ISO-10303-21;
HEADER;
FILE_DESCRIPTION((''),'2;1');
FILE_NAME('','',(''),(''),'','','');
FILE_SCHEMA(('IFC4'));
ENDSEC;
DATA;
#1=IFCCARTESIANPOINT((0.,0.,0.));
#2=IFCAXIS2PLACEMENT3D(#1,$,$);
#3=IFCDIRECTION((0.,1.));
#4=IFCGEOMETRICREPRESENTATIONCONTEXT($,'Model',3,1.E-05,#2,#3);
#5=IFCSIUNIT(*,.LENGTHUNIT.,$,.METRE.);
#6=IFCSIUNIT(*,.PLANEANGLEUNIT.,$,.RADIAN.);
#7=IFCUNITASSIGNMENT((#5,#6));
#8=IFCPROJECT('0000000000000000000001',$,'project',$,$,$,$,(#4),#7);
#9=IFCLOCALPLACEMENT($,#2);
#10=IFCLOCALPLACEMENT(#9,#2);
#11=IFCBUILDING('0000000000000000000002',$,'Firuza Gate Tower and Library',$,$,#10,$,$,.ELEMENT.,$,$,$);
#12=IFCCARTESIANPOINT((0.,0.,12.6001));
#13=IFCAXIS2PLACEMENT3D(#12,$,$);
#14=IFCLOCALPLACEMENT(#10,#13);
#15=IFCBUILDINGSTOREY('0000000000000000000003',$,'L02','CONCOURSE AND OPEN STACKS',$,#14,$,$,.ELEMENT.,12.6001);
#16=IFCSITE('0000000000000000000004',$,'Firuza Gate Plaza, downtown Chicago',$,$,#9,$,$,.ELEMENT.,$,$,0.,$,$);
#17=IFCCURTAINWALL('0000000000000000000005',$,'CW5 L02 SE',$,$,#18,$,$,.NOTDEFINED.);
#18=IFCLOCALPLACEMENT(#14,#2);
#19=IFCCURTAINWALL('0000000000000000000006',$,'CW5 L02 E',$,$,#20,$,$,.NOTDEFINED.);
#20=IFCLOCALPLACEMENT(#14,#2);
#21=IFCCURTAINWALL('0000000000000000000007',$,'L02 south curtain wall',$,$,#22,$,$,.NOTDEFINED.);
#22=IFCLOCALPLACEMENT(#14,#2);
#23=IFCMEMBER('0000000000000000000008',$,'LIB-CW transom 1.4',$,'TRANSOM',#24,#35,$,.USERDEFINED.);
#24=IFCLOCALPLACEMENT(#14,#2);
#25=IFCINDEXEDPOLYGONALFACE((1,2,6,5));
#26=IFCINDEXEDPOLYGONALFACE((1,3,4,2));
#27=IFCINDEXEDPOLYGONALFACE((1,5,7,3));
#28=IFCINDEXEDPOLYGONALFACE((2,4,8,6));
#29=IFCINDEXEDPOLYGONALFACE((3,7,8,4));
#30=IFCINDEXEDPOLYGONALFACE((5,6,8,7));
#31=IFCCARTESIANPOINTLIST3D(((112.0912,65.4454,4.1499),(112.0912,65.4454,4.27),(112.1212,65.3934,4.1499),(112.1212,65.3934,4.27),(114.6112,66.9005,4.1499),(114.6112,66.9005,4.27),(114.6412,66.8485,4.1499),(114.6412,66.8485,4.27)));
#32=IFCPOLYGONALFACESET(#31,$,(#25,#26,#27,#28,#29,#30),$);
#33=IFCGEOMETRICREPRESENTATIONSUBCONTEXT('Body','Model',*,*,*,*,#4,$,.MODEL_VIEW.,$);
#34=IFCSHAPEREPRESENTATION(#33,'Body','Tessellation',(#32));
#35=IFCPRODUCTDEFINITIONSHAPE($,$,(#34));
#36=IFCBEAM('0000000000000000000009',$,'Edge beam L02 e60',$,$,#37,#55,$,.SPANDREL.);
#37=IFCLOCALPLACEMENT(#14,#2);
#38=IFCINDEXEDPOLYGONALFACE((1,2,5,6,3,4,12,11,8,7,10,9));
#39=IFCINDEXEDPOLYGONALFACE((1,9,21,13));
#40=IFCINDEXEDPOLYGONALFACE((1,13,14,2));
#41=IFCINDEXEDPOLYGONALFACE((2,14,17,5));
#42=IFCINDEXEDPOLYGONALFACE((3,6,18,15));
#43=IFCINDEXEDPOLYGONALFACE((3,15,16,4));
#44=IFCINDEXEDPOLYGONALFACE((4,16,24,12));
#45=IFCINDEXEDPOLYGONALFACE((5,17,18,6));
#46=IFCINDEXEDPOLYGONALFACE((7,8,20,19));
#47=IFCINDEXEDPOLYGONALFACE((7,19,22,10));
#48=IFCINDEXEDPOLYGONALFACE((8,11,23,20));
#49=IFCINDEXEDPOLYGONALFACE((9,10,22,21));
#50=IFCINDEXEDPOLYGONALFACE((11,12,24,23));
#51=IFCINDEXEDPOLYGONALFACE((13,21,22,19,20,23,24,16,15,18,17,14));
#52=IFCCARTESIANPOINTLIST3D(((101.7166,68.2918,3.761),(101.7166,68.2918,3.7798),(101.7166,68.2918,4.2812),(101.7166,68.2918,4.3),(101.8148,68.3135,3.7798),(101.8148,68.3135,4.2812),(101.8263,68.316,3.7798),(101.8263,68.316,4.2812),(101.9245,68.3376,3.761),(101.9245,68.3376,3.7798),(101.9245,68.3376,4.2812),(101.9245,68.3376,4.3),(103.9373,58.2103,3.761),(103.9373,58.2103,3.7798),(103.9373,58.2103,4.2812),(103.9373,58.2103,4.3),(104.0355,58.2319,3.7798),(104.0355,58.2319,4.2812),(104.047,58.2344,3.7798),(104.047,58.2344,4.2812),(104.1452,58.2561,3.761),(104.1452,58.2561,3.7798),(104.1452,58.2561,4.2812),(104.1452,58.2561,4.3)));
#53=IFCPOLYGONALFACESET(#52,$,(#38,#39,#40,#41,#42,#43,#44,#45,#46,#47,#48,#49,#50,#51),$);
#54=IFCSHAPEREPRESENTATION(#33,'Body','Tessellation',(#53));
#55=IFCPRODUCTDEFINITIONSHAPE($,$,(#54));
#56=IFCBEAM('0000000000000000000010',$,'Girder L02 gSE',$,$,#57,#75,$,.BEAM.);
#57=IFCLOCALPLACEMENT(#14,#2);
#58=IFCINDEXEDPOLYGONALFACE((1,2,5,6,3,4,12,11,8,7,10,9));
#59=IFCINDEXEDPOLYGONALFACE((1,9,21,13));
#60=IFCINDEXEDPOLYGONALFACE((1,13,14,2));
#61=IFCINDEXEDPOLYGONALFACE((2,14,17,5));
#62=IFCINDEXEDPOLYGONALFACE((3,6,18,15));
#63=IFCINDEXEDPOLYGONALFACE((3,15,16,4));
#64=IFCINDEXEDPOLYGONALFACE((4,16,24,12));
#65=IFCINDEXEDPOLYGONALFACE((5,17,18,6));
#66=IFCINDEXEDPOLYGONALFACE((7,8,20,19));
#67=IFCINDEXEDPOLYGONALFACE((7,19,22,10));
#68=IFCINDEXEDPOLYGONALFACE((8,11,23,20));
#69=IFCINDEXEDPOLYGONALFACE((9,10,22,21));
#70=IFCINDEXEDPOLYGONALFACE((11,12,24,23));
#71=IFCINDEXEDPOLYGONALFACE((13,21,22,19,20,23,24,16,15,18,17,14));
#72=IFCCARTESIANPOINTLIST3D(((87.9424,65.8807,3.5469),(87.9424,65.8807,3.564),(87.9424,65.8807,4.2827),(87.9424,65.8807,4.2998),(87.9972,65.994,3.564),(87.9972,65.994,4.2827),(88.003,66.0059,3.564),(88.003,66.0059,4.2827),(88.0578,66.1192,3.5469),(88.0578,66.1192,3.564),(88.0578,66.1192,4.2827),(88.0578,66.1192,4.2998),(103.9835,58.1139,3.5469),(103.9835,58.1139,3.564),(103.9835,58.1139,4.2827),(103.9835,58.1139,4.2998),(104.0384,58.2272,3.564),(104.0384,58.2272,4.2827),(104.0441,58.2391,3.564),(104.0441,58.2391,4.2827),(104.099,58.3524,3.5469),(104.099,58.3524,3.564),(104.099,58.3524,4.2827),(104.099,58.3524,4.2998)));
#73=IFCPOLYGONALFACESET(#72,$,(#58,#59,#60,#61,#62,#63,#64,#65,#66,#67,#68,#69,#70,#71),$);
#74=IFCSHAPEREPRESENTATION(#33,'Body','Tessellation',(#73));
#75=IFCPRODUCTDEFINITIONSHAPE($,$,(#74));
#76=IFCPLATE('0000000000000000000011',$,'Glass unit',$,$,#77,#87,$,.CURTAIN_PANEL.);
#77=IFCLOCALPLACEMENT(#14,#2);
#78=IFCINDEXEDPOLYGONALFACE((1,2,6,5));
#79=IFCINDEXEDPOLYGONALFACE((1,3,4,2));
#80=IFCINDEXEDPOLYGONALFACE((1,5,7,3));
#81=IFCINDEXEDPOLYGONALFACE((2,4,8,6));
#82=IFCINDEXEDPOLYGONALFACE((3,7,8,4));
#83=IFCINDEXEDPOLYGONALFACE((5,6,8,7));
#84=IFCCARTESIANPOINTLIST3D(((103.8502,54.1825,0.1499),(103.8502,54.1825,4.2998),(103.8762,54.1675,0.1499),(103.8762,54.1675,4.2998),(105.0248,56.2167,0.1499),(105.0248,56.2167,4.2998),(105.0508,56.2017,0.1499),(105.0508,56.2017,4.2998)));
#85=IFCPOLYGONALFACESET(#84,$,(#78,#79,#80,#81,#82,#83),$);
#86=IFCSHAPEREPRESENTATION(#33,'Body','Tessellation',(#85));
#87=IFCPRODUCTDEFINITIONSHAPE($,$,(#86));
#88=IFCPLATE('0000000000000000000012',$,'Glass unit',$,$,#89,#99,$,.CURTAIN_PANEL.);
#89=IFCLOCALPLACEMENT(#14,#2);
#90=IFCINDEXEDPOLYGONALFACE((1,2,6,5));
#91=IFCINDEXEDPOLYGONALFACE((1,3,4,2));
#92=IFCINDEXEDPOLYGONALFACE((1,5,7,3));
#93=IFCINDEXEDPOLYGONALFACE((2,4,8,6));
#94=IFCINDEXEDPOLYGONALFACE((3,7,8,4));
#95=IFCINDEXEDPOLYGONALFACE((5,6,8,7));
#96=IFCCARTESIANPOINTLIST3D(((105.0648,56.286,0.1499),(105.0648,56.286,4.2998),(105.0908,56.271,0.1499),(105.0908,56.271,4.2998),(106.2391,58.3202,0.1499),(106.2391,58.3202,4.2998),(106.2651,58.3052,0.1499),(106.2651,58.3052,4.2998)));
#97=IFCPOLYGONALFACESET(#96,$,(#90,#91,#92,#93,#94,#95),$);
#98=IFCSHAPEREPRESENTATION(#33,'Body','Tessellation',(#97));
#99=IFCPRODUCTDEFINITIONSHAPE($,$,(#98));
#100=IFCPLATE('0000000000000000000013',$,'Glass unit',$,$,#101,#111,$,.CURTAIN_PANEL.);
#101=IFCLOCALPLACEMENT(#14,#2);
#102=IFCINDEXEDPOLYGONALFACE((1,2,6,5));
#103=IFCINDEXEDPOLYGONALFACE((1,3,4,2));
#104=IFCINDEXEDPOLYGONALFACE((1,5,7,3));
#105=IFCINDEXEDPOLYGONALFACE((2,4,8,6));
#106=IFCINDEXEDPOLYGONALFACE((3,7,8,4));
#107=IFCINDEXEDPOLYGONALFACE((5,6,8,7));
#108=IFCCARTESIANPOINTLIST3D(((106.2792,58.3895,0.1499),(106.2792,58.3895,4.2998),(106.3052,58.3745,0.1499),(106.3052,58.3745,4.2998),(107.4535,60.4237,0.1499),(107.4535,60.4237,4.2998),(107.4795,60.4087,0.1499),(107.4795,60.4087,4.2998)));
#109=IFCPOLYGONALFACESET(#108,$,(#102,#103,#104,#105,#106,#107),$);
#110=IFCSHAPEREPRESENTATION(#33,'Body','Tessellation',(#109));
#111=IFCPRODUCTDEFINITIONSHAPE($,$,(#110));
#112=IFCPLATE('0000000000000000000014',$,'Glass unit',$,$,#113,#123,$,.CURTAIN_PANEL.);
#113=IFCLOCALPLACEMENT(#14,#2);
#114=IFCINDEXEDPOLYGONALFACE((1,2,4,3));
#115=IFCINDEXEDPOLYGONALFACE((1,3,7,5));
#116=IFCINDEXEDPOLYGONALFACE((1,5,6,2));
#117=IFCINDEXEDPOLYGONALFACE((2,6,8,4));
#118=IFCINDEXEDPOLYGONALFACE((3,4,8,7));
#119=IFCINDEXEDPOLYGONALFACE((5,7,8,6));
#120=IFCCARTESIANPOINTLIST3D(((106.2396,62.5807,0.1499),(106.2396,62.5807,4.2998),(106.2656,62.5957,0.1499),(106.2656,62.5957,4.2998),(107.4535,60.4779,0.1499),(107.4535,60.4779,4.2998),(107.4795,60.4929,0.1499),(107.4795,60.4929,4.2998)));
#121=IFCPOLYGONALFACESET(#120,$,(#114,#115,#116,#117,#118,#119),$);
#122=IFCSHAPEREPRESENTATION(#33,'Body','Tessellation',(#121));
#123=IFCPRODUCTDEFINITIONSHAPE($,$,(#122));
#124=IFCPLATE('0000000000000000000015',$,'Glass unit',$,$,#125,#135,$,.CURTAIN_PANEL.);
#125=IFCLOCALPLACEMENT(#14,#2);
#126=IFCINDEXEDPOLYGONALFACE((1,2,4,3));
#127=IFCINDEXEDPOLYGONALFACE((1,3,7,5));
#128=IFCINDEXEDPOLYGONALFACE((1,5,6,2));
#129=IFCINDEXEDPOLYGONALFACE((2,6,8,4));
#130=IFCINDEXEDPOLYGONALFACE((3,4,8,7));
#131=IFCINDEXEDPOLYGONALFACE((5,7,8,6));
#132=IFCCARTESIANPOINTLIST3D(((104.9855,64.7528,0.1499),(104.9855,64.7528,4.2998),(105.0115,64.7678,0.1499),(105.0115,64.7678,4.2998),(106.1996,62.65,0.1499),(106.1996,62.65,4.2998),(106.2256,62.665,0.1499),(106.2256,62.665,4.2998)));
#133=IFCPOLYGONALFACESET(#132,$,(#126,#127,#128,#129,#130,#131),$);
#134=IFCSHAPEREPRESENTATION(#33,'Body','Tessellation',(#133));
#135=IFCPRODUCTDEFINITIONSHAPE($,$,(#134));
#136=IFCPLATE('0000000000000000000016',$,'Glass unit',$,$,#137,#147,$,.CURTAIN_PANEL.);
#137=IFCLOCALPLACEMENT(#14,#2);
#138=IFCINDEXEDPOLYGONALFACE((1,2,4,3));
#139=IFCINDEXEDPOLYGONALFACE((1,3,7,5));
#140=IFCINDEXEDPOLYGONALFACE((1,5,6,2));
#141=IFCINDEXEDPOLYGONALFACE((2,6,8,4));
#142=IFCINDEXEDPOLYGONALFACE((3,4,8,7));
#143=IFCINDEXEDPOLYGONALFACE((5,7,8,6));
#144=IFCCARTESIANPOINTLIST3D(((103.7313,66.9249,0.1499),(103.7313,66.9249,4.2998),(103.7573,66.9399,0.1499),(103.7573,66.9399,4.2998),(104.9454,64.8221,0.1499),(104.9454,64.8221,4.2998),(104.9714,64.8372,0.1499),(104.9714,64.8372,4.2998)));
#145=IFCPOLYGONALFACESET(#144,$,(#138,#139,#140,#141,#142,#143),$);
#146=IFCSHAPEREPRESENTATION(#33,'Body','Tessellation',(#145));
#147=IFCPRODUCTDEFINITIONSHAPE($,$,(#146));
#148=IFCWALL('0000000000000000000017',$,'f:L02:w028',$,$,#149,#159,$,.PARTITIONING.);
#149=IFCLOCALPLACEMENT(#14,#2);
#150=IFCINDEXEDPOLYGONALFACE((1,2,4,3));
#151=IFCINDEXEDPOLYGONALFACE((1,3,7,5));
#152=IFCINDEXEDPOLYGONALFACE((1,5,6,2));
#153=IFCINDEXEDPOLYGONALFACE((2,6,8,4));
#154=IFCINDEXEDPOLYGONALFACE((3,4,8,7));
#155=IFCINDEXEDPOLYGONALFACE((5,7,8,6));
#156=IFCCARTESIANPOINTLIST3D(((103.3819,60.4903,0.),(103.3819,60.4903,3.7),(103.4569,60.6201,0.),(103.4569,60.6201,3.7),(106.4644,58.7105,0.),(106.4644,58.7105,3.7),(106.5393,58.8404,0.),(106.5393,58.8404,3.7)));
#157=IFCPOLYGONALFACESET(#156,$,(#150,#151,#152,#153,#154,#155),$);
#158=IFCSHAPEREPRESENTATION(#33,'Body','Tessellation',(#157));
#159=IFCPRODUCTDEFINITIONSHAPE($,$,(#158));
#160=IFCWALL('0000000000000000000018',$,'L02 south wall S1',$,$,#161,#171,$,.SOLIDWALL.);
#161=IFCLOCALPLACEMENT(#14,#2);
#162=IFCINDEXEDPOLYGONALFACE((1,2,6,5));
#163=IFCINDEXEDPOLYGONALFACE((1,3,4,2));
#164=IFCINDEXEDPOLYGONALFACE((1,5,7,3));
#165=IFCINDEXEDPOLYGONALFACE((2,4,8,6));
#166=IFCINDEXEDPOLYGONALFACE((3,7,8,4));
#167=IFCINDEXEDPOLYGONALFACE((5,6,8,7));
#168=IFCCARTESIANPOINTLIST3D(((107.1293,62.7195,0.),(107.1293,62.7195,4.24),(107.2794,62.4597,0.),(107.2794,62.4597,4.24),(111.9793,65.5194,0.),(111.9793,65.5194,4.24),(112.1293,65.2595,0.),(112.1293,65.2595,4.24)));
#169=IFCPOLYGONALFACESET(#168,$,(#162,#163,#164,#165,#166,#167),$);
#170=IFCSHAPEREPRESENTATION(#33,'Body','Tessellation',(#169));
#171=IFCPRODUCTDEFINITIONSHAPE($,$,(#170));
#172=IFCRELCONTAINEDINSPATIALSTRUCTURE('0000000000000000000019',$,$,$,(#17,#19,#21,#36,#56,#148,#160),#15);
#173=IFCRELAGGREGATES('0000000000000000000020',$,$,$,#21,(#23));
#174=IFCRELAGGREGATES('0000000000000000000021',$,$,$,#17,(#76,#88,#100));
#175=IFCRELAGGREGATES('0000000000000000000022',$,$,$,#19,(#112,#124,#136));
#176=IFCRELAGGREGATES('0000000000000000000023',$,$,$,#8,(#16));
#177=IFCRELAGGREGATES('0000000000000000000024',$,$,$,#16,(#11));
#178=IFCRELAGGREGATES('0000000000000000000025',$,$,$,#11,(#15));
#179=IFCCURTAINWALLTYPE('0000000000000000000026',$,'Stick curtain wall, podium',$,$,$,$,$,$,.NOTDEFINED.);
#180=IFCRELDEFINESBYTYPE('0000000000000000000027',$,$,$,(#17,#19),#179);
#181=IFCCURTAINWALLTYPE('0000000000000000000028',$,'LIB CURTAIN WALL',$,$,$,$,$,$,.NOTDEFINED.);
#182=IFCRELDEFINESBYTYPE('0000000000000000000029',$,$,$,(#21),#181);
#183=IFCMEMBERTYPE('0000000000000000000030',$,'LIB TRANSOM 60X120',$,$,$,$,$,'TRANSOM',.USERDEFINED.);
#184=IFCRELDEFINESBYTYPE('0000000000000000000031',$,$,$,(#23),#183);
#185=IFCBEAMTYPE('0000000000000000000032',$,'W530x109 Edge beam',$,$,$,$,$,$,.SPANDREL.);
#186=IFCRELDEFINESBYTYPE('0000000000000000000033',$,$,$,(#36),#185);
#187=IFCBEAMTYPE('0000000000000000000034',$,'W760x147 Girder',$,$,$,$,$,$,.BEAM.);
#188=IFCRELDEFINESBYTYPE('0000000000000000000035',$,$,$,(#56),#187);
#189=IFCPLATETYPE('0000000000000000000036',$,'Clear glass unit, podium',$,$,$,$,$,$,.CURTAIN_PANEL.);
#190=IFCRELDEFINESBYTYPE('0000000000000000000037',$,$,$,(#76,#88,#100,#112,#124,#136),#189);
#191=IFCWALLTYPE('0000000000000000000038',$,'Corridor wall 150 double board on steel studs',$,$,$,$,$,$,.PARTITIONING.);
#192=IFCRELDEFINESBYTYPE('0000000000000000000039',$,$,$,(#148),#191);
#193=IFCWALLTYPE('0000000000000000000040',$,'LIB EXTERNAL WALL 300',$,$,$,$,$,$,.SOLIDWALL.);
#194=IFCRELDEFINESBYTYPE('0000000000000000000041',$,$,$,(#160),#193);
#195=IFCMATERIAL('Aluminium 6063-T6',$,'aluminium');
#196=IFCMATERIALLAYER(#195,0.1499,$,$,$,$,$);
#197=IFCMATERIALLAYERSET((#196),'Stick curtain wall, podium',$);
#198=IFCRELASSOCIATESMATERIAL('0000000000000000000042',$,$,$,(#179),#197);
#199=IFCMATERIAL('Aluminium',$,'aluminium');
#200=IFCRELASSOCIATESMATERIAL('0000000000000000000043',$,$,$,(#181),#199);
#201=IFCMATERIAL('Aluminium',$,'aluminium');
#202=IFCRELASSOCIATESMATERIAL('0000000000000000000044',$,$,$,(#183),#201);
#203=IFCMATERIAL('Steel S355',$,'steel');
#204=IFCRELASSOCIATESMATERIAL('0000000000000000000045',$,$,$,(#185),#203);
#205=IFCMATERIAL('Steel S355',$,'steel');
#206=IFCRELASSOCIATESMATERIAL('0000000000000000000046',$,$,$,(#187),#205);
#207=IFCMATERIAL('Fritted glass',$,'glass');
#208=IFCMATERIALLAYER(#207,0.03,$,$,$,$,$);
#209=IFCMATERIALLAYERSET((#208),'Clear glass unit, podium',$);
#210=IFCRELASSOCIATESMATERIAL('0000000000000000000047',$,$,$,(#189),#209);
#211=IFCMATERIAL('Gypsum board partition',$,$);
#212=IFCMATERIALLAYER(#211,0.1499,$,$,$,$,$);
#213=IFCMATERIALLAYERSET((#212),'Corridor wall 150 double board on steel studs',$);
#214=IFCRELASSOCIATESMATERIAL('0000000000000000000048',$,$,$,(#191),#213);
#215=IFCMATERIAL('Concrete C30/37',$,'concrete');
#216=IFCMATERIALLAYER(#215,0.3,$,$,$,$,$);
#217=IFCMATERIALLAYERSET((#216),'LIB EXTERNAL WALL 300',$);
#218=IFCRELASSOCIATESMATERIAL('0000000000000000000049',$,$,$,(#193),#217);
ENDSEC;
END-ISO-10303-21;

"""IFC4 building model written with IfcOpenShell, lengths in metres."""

from ifc_helpers import new_model, si_unit, direction, frame, frame_2d, origin, origin_2d, place, context, subcontext, project, spatial, polyline, rectangle, i_section, outline, extrude, material, layer, layer_set, material_profile, profile_set, type_object, element, aggregate, save


model = new_model("IFC4")

# Units and contexts
model_context = context("Model", 3, precision=1e-05, world=origin(), true_north=direction((0.0, 1.0)))
body_context = subcontext(model_context, "Body", "Model", "MODEL_VIEW")
ifc_project = project(units=[si_unit("LENGTHUNIT", "METRE"), si_unit("PLANEANGLEUNIT", "RADIAN")], contexts=[model_context])

# Site, building, storey
site_placement = place(None, origin())
site = spatial("IfcSite", under=ifc_project, at=site_placement, Name="Firuza Gate Plaza, downtown Chicago", CompositionType="ELEMENT", RefElevation=0.0)
building_placement = place(site_placement, origin())
building = spatial("IfcBuilding", under=site, at=building_placement, Name="Firuza Gate Tower and Library", CompositionType="ELEMENT")
storey_placement = place(building_placement, frame((0.0, 0.0, 12.6001)))
storey = spatial("IfcBuildingStorey", under=building, at=storey_placement, Name="L02", Description="CONCOURSE AND OPEN STACKS", CompositionType="ELEMENT", Elevation=12.6001)

# Curtain walls
ifc_material_1 = material(Name="Aluminium 6063-T6", Category="aluminium")
ifc_layer_1 = layer(ifc_material_1, 0.1499)
ifc_layer_set_1 = layer_set([ifc_layer_1], Name="Stick curtain wall, podium")
curtain_wall_type_1 = type_object("IfcCurtainWallType", Name="Stick curtain wall, podium", PredefinedType="NOTDEFINED", material=ifc_layer_set_1)
placement = place(storey_placement, origin())
curtain_wall_1 = element("IfcCurtainWall", 1, at=placement, inside=storey, type_object=curtain_wall_type_1, Name="CW5 L02 SE", PredefinedType="NOTDEFINED")
curtain_wall_2 = element("IfcCurtainWall", 2, at=placement, inside=storey, type_object=curtain_wall_type_1, Name="CW5 L02 E", PredefinedType="NOTDEFINED")

# Curtain wall, member
ifc_material_2 = material(Name="Aluminium", Category="aluminium")
curtain_wall_type_2 = type_object("IfcCurtainWallType", Name="LIB CURTAIN WALL", PredefinedType="NOTDEFINED", material=ifc_material_2)
curtain_wall_3 = element("IfcCurtainWall", 3, at=placement, inside=storey, type_object=curtain_wall_type_2, Name="L02 south curtain wall", PredefinedType="NOTDEFINED")
ifc_material_3 = material(Name="Aluminium", Category="aluminium")
ifc_material_profile_1 = material_profile(ifc_material_3, rectangle(XDim=0.0601, YDim=0.1201, at=origin_2d()))
ifc_profile_set_1 = profile_set([ifc_material_profile_1], Name="Aluminium")
member_type_1 = type_object("IfcMemberType", Name="LIB TRANSOM 60X120", ElementType="TRANSOM", PredefinedType="USERDEFINED", material=ifc_profile_set_1)
member_1_placement = place(storey_placement, frame((112.1062, 65.4194, 4.21), z_axis=(0.866004, 0.500037, 0.0), x_axis=(-0.500037, 0.866004, 0.0)))
member_1 = element("IfcMember", 4, at=member_1_placement, type_object=member_type_1, Name="LIB-CW transom 1.4", ObjectType="TRANSOM", PredefinedType="USERDEFINED", context=body_context, shape_type="SweptSolid", body=[
    extrude(rectangle(XDim=0.0601, YDim=0.1201, at=origin_2d()), origin(), (0.0, 0.0, 1.0), 2.9099),
])
aggregate(curtain_wall_3, [member_1])

# Beams
ifc_material_4 = material(Name="Steel S355", Category="steel")
ifc_material_profile_2 = material_profile(ifc_material_4, i_section(OverallWidth=0.2129, OverallDepth=0.5391, WebThickness=0.0117, FlangeThickness=0.0188, at=origin_2d()))
ifc_profile_set_2 = profile_set([ifc_material_profile_2], Name="Steel S355")
beam_type_1 = type_object("IfcBeamType", Name="W530x109 Edge beam", PredefinedType="SPANDREL", material=ifc_profile_set_2)
beam_1_placement = place(storey_placement, frame((104.0413, 58.2332, 4.0305), z_axis=(-0.215117, 0.976588, 0.0), x_axis=(-0.976588, -0.215117, 0.0)))
element("IfcBeam", 5, at=beam_1_placement, inside=storey, type_object=beam_type_1, Name="Edge beam L02 e60", PredefinedType="SPANDREL", context=body_context, shape_type="SweptSolid", body=[
    extrude(i_section(OverallWidth=0.2129, OverallDepth=0.5391, WebThickness=0.0117, FlangeThickness=0.0188, at=origin_2d()), origin(), (0.0, 0.0, 1.0), 10.3232),
])
ifc_material_5 = material(Name="Steel S355", Category="steel")
ifc_material_profile_3 = material_profile(ifc_material_5, i_section(OverallWidth=0.2649, OverallDepth=0.7529, WebThickness=0.0132, FlangeThickness=0.0171, at=origin_2d()))
ifc_profile_set_3 = profile_set([ifc_material_profile_3], Name="Steel S355")
beam_type_2 = type_object("IfcBeamType", Name="W760x147 Girder", PredefinedType="BEAM", material=ifc_profile_set_3)
beam_2_placement = place(storey_placement, frame((104.0413, 58.2332, 3.9233), z_axis=(-0.90005, 0.435786, 0.0), x_axis=(-0.435786, -0.90005, 0.0)))
element("IfcBeam", 6, at=beam_2_placement, inside=storey, type_object=beam_type_2, Name="Girder L02 gSE", PredefinedType="BEAM", context=body_context, shape_type="SweptSolid", body=[
    extrude(i_section(OverallWidth=0.2649, OverallDepth=0.7529, WebThickness=0.0132, FlangeThickness=0.0171, at=origin_2d()), origin(), (0.0, 0.0, 1.0), 17.8225),
])

# Plates
ifc_material_6 = material(Name="Fritted glass", Category="glass")
ifc_layer_2 = layer(ifc_material_6, 0.03)
ifc_layer_set_2 = layer_set([ifc_layer_2], Name="Clear glass unit, podium")
plate_type = type_object("IfcPlateType", Name="Clear glass unit, podium", PredefinedType="CURTAIN_PANEL", material=ifc_layer_set_2)
plate_1_placement = place(storey_placement, frame((103.8762, 54.1675, 0.1499), z_axis=(0.866002, -0.50004, 0.0), x_axis=(0.50004, 0.866002, 0.0)))
plate_1 = element("IfcPlate", 7, at=plate_1_placement, type_object=plate_type, Name="Glass unit", PredefinedType="CURTAIN_PANEL", context=body_context, shape_type="SweptSolid", body=[
    extrude(outline(polyline([(0.0, 0.0), (2.3489, 0.0), (2.3489, 4.1499), (0.0, 4.1499), (0.0, 0.0)])), origin(), (0.0, 0.0, -1.0), 0.03),
])
plate_2_placement = place(storey_placement, frame((105.0908, 56.271, 0.1499), z_axis=(0.866047, -0.499962, 0.0), x_axis=(0.499962, 0.866047, 0.0)))
plate_2 = element("IfcPlate", 8, at=plate_2_placement, type_object=plate_type, Name="Glass unit", PredefinedType="CURTAIN_PANEL", context=body_context, shape_type="SweptSolid", body=[
    extrude(outline(polyline([(0.0, 0.0), (2.3488, 0.0), (2.3488, 4.1499), (0.0, 4.1499), (0.0, 0.0)])), origin(), (0.0, 0.0, -1.0), 0.03),
])
plate_3_placement = place(storey_placement, frame((106.3052, 58.3745, 0.1499), z_axis=(0.866047, -0.499962, 0.0), x_axis=(0.499962, 0.866047, 0.0)))
plate_3 = element("IfcPlate", 9, at=plate_3_placement, type_object=plate_type, Name="Glass unit", PredefinedType="CURTAIN_PANEL", context=body_context, shape_type="SweptSolid", body=[
    extrude(outline(polyline([(0.0, 0.0), (2.3488, 0.0), (2.3488, 4.1499), (0.0, 4.1499), (0.0, 0.0)])), origin(), (0.0, 0.0, -1.0), 0.03),
])
aggregate(curtain_wall_1, [plate_1, plate_2, plate_3])
plate_4_placement = place(storey_placement, frame((107.4795, 60.4929, 0.1499), z_axis=(0.866057, 0.499946, 0.0), x_axis=(-0.499946, 0.866057, 0.0)))
plate_4 = element("IfcPlate", 10, at=plate_4_placement, type_object=plate_type, Name="Glass unit", PredefinedType="CURTAIN_PANEL", context=body_context, shape_type="SweptSolid", body=[
    extrude(outline(polyline([(0.0, 0.0), (2.428, 0.0), (2.428, 4.1499), (0.0, 4.1499), (0.0, 0.0)])), origin(), (0.0, 0.0, -1.0), 0.03),
])
plate_5_placement = place(storey_placement, frame((106.2256, 62.665, 0.1499), z_axis=(0.866013, 0.500021, 0.0), x_axis=(-0.500021, 0.866013, 0.0)))
plate_5 = element("IfcPlate", 11, at=plate_5_placement, type_object=plate_type, Name="Glass unit", PredefinedType="CURTAIN_PANEL", context=body_context, shape_type="SweptSolid", body=[
    extrude(outline(polyline([(0.0, 0.0), (2.4281, 0.0), (2.4281, 4.1499), (0.0, 4.1499), (0.0, 0.0)])), origin(), (0.0, 0.0, -1.0), 0.03),
])
plate_6_placement = place(storey_placement, frame((104.9714, 64.8372, 0.1499), z_axis=(0.866013, 0.500021, 0.0), x_axis=(-0.500021, 0.866013, 0.0)))
plate_6 = element("IfcPlate", 12, at=plate_6_placement, type_object=plate_type, Name="Glass unit", PredefinedType="CURTAIN_PANEL", context=body_context, shape_type="SweptSolid", body=[
    extrude(outline(polyline([(0.0, 0.0), (2.4281, 0.0), (2.4281, 4.1499), (0.0, 4.1499), (0.0, 0.0)])), origin(), (0.0, 0.0, -1.0), 0.03),
])
aggregate(curtain_wall_2, [plate_4, plate_5, plate_6])

# Walls
ifc_material_7 = material(Name="Gypsum board partition")
ifc_layer_3 = layer(ifc_material_7, 0.1499)
ifc_layer_set_3 = layer_set([ifc_layer_3], Name="Corridor wall 150 double board on steel studs")
wall_type_1 = type_object("IfcWallType", Name="Corridor wall 150 double board on steel studs", PredefinedType="PARTITIONING", material=ifc_layer_set_3)
wall_1_placement = place(storey_placement, frame((106.502, 58.7754, 0.0), z_axis=(0.0, 0.0, 1.0), x_axis=(-0.866014, 0.500019, 0.0)))
element("IfcWall", 13, at=wall_1_placement, inside=storey, type_object=wall_type_1, Name="f:L02:w028", PredefinedType="PARTITIONING", context=body_context, shape_type="SweptSolid", body=[
    extrude(rectangle(XDim=3.5593, YDim=0.1499, at=frame_2d((1.7798, 0.0))), origin(), (0.0, 0.0, 1.0), 3.7),
])
ifc_material_8 = material(Name="Concrete C30/37", Category="concrete")
ifc_layer_4 = layer(ifc_material_8, 0.3)
ifc_layer_set_4 = layer_set([ifc_layer_4], Name="LIB EXTERNAL WALL 300")
wall_type_2 = type_object("IfcWallType", Name="LIB EXTERNAL WALL 300", PredefinedType="SOLIDWALL", material=ifc_layer_set_4)
wall_2_placement = place(storey_placement, frame((107.2043, 62.5896, 0.0), z_axis=(0.0, 0.0, 1.0), x_axis=(0.866045, 0.499965, 0.0)))
element("IfcWall", 14, at=wall_2_placement, inside=storey, type_object=wall_type_2, Name="L02 south wall S1", PredefinedType="SOLIDWALL", context=body_context, shape_type="SweptSolid", body=[
    extrude(rectangle(XDim=5.6001, YDim=0.3, at=frame_2d((2.8, 0.0))), origin(), (0.0, 0.0, 1.0), 4.24),
])

save(model, "model.ifc")
